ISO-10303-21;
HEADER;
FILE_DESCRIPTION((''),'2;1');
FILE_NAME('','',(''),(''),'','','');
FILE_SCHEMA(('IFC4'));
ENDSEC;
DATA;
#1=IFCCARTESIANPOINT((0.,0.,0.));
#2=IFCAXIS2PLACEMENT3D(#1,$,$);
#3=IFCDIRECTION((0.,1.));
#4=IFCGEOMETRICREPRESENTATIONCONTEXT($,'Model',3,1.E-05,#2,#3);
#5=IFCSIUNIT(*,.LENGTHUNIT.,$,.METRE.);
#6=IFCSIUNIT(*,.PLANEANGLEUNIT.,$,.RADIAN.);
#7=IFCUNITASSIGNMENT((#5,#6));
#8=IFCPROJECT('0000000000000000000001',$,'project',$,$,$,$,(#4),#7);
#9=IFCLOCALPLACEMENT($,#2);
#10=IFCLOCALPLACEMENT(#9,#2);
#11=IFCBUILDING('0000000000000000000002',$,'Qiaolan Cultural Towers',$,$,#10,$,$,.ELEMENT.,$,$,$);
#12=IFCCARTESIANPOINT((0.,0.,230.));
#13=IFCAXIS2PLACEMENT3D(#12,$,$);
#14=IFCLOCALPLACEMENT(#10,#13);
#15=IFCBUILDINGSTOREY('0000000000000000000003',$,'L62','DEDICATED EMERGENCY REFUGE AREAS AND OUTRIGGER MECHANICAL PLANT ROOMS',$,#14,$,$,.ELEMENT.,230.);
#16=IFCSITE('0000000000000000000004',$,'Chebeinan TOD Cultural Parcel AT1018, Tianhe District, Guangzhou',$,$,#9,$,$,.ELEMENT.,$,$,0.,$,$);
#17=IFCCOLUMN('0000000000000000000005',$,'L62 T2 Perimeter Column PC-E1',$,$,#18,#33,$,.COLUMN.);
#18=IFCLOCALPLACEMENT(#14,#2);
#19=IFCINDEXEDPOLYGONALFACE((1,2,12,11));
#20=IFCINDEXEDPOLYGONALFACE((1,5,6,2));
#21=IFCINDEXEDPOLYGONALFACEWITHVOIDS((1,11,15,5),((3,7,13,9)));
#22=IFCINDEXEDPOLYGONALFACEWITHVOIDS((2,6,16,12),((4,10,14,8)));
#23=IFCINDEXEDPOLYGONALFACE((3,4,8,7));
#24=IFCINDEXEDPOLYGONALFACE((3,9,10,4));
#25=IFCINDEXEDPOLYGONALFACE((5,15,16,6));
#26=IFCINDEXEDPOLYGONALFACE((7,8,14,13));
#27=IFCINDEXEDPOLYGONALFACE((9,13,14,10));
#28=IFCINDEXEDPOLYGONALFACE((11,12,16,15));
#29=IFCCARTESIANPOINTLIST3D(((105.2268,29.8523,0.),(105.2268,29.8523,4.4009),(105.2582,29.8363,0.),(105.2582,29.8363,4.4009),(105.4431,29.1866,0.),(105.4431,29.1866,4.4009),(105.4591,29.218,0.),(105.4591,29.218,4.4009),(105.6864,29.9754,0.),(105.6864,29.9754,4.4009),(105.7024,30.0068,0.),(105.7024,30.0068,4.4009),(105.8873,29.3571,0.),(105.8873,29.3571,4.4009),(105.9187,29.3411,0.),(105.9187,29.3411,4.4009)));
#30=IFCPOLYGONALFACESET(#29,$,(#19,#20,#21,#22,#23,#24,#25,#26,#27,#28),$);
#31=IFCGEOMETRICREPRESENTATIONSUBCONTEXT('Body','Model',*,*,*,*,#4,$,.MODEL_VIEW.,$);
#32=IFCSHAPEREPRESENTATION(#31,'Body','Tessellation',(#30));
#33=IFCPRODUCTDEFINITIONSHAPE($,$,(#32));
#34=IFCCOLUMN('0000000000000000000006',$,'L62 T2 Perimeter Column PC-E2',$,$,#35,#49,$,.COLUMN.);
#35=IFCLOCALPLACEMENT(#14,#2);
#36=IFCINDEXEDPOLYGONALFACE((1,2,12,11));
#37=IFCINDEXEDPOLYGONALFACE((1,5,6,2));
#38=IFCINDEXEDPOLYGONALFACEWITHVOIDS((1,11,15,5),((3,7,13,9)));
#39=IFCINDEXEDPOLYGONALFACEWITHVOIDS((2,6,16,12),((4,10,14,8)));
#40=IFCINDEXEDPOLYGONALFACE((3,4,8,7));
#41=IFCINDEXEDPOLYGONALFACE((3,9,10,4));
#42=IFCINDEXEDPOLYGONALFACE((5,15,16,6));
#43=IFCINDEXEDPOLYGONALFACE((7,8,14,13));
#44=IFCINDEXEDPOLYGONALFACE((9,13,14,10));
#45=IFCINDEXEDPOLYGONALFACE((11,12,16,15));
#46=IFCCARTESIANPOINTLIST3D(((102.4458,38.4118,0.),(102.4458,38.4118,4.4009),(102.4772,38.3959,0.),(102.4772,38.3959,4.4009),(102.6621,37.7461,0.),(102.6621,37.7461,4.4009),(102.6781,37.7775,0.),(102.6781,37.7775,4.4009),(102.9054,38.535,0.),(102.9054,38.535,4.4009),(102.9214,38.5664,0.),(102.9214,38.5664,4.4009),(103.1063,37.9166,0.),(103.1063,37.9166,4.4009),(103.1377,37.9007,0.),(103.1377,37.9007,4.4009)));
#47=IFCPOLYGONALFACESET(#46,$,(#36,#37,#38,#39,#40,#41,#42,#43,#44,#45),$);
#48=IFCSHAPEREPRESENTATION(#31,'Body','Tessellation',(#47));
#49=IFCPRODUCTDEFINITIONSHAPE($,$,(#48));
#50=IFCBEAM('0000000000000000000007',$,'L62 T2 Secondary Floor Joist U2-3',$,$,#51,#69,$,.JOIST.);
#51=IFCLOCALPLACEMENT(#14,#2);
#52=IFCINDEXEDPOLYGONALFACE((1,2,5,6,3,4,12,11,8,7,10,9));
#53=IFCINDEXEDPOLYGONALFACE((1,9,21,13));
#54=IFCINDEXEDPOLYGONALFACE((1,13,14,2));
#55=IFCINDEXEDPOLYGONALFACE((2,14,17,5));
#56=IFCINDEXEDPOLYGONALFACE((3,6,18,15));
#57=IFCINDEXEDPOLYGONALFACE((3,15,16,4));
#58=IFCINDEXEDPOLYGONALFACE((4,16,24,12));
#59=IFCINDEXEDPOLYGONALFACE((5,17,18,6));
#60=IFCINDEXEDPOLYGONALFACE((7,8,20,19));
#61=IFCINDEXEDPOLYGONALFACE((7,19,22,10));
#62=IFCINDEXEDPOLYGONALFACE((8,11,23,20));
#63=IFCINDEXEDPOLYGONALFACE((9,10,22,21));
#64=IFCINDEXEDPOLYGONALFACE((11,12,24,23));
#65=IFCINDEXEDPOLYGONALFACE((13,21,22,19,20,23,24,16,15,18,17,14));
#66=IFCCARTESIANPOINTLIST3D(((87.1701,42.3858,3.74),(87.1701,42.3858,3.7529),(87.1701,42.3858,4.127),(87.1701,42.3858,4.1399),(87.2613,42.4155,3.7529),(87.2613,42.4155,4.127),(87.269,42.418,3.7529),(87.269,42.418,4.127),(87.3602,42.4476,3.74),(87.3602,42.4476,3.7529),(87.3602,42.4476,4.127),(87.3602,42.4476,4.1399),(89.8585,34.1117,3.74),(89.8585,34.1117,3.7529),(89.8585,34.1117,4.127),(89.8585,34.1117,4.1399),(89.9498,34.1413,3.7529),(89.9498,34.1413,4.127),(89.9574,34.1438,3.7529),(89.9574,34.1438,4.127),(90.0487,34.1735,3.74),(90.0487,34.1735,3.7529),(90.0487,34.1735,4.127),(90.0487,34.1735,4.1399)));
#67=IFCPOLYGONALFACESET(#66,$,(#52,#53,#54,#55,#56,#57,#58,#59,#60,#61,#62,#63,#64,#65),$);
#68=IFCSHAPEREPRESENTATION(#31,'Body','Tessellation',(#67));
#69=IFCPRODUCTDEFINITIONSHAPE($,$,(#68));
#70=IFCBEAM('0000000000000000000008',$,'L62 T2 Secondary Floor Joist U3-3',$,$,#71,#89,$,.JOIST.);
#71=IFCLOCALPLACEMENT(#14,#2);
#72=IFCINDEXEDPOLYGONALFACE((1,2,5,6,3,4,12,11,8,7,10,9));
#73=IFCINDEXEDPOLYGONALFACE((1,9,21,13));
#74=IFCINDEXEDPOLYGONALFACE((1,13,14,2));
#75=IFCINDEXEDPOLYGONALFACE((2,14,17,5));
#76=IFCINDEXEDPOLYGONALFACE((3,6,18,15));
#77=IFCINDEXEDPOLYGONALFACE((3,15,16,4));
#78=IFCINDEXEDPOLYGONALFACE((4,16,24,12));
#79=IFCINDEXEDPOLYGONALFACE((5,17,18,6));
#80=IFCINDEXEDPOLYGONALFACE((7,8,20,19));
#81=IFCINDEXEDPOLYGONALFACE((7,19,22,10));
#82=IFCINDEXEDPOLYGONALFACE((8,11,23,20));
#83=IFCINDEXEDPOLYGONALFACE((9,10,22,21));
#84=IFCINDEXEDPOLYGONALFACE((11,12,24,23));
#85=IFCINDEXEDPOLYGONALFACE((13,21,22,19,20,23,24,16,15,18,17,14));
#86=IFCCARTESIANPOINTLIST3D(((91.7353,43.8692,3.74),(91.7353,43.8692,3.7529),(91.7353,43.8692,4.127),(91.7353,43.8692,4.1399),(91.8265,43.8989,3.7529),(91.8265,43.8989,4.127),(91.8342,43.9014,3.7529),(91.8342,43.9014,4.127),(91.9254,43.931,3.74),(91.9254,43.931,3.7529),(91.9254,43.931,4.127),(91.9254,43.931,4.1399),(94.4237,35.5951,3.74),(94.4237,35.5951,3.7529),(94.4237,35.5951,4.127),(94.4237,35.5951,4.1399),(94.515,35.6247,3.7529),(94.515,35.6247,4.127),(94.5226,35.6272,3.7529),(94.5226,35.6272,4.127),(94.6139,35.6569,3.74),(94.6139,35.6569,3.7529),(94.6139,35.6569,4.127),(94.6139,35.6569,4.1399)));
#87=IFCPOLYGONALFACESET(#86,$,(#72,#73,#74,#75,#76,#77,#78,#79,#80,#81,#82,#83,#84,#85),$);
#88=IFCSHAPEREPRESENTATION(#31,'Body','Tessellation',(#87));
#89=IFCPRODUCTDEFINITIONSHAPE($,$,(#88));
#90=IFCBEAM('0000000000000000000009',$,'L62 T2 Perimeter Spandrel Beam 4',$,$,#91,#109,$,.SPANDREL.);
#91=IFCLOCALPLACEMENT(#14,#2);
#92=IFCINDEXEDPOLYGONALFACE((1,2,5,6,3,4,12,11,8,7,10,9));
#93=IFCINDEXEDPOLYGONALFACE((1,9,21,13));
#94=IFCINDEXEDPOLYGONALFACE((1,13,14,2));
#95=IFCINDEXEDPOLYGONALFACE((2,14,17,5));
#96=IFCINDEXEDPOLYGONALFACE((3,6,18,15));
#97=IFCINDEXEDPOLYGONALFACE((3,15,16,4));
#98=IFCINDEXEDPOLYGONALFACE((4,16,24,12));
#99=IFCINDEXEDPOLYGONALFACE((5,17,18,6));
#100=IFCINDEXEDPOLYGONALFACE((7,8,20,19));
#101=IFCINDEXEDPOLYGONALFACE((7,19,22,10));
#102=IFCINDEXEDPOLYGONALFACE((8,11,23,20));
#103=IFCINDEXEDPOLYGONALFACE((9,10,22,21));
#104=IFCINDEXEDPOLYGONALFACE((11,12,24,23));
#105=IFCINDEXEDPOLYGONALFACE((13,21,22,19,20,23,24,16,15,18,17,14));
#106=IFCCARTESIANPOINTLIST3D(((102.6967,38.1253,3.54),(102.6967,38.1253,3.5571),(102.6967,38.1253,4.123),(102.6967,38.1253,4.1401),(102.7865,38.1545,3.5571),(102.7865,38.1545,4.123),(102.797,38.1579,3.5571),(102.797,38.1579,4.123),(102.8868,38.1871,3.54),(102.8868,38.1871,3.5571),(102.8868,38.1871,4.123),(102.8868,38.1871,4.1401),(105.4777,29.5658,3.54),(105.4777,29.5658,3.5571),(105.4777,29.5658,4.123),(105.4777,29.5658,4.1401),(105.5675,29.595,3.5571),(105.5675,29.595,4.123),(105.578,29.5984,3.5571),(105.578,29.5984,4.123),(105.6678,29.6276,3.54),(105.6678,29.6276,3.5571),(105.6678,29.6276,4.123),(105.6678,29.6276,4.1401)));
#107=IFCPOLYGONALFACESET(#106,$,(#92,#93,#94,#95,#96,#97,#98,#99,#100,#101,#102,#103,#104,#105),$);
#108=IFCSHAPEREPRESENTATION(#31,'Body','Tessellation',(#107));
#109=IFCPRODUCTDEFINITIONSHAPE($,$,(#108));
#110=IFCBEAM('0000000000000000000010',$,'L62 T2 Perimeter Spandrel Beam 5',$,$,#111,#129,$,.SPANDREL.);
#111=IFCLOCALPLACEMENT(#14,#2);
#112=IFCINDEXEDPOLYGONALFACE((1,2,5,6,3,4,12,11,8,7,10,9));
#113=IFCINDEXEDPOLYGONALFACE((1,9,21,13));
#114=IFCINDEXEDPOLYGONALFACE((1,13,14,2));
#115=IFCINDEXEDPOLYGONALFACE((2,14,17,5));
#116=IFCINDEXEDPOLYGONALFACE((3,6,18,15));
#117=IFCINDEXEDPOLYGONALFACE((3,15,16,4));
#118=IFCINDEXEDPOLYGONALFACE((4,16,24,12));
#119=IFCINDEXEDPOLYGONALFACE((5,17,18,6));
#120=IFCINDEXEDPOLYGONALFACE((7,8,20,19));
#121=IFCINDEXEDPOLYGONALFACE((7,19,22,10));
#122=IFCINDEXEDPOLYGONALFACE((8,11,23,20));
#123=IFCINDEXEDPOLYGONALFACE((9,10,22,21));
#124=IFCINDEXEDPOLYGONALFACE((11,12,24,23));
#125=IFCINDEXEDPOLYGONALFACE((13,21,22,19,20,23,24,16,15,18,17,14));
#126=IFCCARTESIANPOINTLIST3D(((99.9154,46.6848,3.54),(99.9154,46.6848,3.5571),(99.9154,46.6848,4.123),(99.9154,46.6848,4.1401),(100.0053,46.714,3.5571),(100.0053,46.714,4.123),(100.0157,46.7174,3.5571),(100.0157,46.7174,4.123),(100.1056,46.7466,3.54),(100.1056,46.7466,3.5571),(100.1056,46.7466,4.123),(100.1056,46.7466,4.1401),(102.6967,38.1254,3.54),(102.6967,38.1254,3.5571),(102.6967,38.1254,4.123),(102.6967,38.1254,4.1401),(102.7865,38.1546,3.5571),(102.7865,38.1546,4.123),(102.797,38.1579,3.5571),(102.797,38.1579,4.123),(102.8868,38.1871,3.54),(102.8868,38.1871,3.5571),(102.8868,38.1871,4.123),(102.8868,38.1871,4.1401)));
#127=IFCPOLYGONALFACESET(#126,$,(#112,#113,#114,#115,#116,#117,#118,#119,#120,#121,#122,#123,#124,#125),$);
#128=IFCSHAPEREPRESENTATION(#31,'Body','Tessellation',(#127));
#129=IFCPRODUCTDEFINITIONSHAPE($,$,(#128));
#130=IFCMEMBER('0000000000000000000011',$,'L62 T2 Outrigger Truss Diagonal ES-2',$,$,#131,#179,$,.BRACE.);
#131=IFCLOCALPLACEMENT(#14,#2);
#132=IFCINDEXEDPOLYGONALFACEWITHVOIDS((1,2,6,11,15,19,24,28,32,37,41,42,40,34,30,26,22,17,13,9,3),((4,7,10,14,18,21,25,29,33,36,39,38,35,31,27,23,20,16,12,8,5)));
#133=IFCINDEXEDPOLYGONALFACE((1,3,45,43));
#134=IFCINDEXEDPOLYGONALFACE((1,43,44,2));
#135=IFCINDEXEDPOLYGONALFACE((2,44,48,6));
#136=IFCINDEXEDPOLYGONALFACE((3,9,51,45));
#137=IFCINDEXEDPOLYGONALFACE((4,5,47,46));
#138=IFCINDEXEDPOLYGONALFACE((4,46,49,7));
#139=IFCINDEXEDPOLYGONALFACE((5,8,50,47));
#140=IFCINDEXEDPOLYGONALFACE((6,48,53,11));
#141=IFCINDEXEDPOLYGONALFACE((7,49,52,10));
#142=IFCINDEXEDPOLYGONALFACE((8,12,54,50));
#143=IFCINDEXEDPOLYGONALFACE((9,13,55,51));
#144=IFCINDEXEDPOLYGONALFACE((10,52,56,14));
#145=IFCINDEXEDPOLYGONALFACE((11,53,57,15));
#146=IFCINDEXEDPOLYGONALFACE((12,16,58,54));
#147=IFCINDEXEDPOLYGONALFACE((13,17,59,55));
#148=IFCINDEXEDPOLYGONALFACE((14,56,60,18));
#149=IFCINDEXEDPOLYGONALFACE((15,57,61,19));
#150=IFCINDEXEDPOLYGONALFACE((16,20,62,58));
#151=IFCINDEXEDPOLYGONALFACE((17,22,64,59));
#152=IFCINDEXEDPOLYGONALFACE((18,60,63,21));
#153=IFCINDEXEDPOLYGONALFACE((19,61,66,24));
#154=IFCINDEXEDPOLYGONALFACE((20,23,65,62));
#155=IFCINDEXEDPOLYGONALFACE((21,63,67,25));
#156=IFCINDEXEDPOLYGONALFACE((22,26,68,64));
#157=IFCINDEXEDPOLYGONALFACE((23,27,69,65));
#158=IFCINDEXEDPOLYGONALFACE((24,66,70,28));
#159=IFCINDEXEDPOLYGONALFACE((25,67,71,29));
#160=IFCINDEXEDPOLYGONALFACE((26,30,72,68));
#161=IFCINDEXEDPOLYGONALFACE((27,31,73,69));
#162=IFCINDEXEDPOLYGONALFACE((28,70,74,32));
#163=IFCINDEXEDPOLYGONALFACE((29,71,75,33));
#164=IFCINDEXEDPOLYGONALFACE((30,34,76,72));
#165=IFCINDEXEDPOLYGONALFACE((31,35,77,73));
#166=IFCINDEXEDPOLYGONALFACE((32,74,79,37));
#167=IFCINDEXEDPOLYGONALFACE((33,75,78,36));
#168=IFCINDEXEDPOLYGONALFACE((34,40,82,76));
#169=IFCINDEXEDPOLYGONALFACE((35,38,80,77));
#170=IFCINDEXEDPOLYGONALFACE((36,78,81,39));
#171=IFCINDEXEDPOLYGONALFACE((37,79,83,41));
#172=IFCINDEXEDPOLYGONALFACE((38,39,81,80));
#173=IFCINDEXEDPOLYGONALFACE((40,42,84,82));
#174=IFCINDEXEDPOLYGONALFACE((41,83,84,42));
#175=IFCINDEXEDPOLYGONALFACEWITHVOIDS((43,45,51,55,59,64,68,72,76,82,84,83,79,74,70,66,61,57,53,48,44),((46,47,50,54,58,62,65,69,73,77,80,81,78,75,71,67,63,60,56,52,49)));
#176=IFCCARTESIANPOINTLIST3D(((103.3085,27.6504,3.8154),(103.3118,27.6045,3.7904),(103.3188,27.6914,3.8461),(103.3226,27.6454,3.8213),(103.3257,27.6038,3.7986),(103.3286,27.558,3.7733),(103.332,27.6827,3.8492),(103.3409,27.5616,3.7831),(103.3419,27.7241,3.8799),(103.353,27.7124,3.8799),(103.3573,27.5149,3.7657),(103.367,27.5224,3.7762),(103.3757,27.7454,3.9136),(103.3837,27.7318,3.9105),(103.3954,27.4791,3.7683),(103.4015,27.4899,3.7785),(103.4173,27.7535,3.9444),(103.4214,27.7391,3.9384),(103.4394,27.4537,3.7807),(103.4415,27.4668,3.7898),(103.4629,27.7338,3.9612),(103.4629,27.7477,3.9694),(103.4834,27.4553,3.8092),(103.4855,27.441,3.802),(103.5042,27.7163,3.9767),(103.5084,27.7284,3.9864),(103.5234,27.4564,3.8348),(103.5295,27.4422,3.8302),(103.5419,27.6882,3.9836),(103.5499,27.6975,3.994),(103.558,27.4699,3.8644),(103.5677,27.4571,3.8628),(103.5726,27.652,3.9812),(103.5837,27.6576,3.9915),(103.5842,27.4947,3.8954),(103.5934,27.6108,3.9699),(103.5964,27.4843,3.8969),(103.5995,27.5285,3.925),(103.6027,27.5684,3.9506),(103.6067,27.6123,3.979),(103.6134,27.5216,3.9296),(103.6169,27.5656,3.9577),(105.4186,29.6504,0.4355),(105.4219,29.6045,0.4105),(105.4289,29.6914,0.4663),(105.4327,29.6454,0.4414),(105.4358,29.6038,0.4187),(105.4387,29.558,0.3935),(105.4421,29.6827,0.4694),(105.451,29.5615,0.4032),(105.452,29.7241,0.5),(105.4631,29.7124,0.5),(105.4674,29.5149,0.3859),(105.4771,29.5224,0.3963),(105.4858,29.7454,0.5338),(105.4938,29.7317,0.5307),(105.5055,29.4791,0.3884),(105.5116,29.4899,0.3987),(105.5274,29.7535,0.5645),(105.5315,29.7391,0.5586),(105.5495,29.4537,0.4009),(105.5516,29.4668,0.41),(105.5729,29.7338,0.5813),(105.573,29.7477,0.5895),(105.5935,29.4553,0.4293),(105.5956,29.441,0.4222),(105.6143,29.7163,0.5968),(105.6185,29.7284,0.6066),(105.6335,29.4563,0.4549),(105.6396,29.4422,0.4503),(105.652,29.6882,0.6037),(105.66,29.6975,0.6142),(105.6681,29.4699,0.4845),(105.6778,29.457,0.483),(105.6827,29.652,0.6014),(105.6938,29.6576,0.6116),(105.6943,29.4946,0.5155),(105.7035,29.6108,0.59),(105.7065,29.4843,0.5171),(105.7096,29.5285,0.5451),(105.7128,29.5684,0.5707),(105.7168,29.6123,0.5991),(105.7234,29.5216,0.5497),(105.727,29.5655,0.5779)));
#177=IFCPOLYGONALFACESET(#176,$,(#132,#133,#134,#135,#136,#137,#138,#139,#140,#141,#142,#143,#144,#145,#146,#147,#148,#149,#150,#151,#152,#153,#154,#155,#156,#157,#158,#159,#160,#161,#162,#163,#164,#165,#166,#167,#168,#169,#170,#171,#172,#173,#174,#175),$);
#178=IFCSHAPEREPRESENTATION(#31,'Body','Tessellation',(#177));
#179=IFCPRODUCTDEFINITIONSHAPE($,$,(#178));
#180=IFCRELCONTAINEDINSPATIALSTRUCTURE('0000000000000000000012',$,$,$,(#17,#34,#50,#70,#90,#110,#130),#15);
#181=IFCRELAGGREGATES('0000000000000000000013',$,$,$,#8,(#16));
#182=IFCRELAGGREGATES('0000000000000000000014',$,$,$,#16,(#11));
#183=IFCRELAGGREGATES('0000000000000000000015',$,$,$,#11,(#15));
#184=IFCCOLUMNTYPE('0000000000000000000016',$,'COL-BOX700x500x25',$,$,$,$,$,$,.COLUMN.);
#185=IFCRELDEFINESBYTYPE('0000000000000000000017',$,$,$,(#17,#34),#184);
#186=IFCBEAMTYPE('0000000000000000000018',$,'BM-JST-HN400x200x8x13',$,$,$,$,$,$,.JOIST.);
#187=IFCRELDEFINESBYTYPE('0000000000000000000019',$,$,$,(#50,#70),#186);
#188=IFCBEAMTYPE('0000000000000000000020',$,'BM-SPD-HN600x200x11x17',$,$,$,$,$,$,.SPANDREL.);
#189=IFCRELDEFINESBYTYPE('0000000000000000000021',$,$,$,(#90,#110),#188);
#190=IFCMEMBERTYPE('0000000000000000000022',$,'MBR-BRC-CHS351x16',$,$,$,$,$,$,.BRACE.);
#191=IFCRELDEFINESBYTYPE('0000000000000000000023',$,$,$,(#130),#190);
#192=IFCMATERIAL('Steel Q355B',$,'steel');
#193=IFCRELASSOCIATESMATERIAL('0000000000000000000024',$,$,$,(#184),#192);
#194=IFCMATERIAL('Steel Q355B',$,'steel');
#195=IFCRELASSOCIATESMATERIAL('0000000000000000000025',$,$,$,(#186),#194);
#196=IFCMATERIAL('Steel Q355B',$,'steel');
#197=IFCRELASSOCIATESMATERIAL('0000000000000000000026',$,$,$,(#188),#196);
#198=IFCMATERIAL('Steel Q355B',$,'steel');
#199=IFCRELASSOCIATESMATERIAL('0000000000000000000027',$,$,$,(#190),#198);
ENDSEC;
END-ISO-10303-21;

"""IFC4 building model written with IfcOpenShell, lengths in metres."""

from ifc_helpers import new_model, si_unit, direction, frame, origin, origin_2d, place, context, subcontext, project, spatial, hollow_rectangle, hollow_circle, i_section, extrude, material, material_profile, profile_set, type_object, element, save


model = new_model("IFC4")

# Units and contexts
model_context = context("Model", 3, precision=1e-05, world=origin(), true_north=direction((0.0, 1.0)))
body_context = subcontext(model_context, "Body", "Model", "MODEL_VIEW")
ifc_project = project(units=[si_unit("LENGTHUNIT", "METRE"), si_unit("PLANEANGLEUNIT", "RADIAN")], contexts=[model_context])

# Site, building, storey
site_placement = place(None, origin())
site = spatial("IfcSite", under=ifc_project, at=site_placement, Name="Chebeinan TOD Cultural Parcel AT1018, Tianhe District, Guangzhou", CompositionType="ELEMENT", RefElevation=0.0)
building_placement = place(site_placement, origin())
building = spatial("IfcBuilding", under=site, at=building_placement, Name="Qiaolan Cultural Towers", CompositionType="ELEMENT")
storey_placement = place(building_placement, frame((0.0, 0.0, 230.0)))
storey = spatial("IfcBuildingStorey", under=building, at=storey_placement, Name="L62", Description="DEDICATED EMERGENCY REFUGE AREAS AND OUTRIGGER MECHANICAL PLANT ROOMS", CompositionType="ELEMENT", Elevation=230.0)

# Columns
ifc_material_1 = material(Name="Steel Q355B", Category="steel")
ifc_material_profile_1 = material_profile(ifc_material_1, hollow_rectangle(XDim=0.5, YDim=0.7, WallThickness=0.0249, at=origin_2d()), Name="BOX700x500x25")
ifc_profile_set_1 = profile_set([ifc_material_profile_1], Name="Steel Q355B")
column_type = type_object("IfcColumnType", Name="COL-BOX700x500x25", PredefinedType="COLUMN", material=ifc_profile_set_1)
for number, where, z_axis, x_axis, name in (
    (1, (105.5728, 29.5967, 0.0), (0.0, 0.0, 1.0), (0.951057, 0.309017, 0.0), "L62 T2 Perimeter Column PC-E1"),
    (2, (102.7917, 38.1562, 0.0), (0.0, 0.0, 1.0), (0.951057, 0.309017, 0.0), "L62 T2 Perimeter Column PC-E2"),
):
    element("IfcColumn", number, at=place(storey_placement, frame(where, z_axis=z_axis, x_axis=x_axis)), inside=storey, type_object=column_type, Name=name, PredefinedType="COLUMN", context=body_context, shape_type="SweptSolid", body=[
        extrude(hollow_rectangle(XDim=0.5, YDim=0.7, WallThickness=0.0249, at=origin_2d()), origin(), (0.0, 0.0, 1.0), 4.4009),
    ])

# Beams
ifc_material_2 = material(Name="Steel Q355B", Category="steel")
ifc_material_profile_2 = material_profile(ifc_material_2, i_section(OverallWidth=0.2, OverallDepth=0.3999, WebThickness=0.0081, FlangeThickness=0.0129, at=origin_2d()), Name="HN400x200x8x13")
ifc_profile_set_2 = profile_set([ifc_material_profile_2], Name="Steel Q355B")
beam_type_1 = type_object("IfcBeamType", Name="BM-JST-HN400x200x8x13", PredefinedType="JOIST", material=ifc_profile_set_2)
for number, where, z_axis, x_axis, name in (
    (3, (89.9536, 34.1426, 3.9399), (-0.309021, 0.951055, 0.0), (-0.951055, -0.309021, 0.0), "L62 T2 Secondary Floor Joist U2-3"),
    (4, (94.5188, 35.626, 3.9399), (-0.309021, 0.951055, 0.0), (-0.951055, -0.309021, 0.0), "L62 T2 Secondary Floor Joist U3-3"),
):
    element("IfcBeam", number, at=place(storey_placement, frame(where, z_axis=z_axis, x_axis=x_axis)), inside=storey, type_object=beam_type_1, Name=name, PredefinedType="JOIST", context=body_context, shape_type="SweptSolid", body=[
        extrude(i_section(OverallWidth=0.2, OverallDepth=0.3999, WebThickness=0.0081, FlangeThickness=0.0129, at=origin_2d()), origin(), (0.0, 0.0, 1.0), 8.7),
    ])
ifc_material_3 = material(Name="Steel Q355B", Category="steel")
ifc_material_profile_3 = material_profile(ifc_material_3, i_section(OverallWidth=0.2, OverallDepth=0.6001, WebThickness=0.011, FlangeThickness=0.0171, at=origin_2d()), Name="HN600x200x11x17")
ifc_profile_set_3 = profile_set([ifc_material_profile_3], Name="Steel Q355B")
beam_type_2 = type_object("IfcBeamType", Name="BM-SPD-HN600x200x11x17", PredefinedType="SPANDREL", material=ifc_profile_set_3)
for number, where, z_axis, x_axis, name in (
    (5, (105.5728, 29.5967, 3.8401), (-0.309, 0.951062, 0.0), (-0.951062, -0.309, 0.0), "L62 T2 Perimeter Spandrel Beam 4"),
    (6, (102.7917, 38.1562, 3.8401), (-0.309025, 0.951054, 0.0), (-0.951054, -0.309025, 0.0), "L62 T2 Perimeter Spandrel Beam 5"),
):
    element("IfcBeam", number, at=place(storey_placement, frame(where, z_axis=z_axis, x_axis=x_axis)), inside=storey, type_object=beam_type_2, Name=name, PredefinedType="SPANDREL", context=body_context, shape_type="SweptSolid", body=[
        extrude(i_section(OverallWidth=0.2, OverallDepth=0.6001, WebThickness=0.011, FlangeThickness=0.0171, at=origin_2d()), origin(), (0.0, 0.0, 1.0), 9.0),
    ])

# Member
ifc_material_4 = material(Name="Steel Q355B", Category="steel")
ifc_material_profile_4 = material_profile(ifc_material_4, hollow_circle(Radius=0.1755, WallThickness=0.0161, at=origin_2d()), Name="CHS351x16")
ifc_profile_set_4 = profile_set([ifc_material_profile_4], Name="Steel Q355B")
member_type_1 = type_object("IfcMemberType", Name="MBR-BRC-CHS351x16", PredefinedType="BRACE", material=ifc_profile_set_4)
member_1_placement = place(storey_placement, frame((103.4626, 27.5967, 3.8799), z_axis=(0.473302, 0.448605, -0.758116), x_axis=(-0.687917, 0.725789, 0.0)))
element("IfcMember", 7, at=member_1_placement, inside=storey, type_object=member_type_1, Name="L62 T2 Outrigger Truss Diagonal ES-2", PredefinedType="BRACE", context=body_context, shape_type="SweptSolid", body=[
    extrude(hollow_circle(Radius=0.1755, WallThickness=0.0161, at=origin_2d()), origin(), (0.0, 0.0, 1.0), 4.4583),
])

save(model, "model.ifc")
